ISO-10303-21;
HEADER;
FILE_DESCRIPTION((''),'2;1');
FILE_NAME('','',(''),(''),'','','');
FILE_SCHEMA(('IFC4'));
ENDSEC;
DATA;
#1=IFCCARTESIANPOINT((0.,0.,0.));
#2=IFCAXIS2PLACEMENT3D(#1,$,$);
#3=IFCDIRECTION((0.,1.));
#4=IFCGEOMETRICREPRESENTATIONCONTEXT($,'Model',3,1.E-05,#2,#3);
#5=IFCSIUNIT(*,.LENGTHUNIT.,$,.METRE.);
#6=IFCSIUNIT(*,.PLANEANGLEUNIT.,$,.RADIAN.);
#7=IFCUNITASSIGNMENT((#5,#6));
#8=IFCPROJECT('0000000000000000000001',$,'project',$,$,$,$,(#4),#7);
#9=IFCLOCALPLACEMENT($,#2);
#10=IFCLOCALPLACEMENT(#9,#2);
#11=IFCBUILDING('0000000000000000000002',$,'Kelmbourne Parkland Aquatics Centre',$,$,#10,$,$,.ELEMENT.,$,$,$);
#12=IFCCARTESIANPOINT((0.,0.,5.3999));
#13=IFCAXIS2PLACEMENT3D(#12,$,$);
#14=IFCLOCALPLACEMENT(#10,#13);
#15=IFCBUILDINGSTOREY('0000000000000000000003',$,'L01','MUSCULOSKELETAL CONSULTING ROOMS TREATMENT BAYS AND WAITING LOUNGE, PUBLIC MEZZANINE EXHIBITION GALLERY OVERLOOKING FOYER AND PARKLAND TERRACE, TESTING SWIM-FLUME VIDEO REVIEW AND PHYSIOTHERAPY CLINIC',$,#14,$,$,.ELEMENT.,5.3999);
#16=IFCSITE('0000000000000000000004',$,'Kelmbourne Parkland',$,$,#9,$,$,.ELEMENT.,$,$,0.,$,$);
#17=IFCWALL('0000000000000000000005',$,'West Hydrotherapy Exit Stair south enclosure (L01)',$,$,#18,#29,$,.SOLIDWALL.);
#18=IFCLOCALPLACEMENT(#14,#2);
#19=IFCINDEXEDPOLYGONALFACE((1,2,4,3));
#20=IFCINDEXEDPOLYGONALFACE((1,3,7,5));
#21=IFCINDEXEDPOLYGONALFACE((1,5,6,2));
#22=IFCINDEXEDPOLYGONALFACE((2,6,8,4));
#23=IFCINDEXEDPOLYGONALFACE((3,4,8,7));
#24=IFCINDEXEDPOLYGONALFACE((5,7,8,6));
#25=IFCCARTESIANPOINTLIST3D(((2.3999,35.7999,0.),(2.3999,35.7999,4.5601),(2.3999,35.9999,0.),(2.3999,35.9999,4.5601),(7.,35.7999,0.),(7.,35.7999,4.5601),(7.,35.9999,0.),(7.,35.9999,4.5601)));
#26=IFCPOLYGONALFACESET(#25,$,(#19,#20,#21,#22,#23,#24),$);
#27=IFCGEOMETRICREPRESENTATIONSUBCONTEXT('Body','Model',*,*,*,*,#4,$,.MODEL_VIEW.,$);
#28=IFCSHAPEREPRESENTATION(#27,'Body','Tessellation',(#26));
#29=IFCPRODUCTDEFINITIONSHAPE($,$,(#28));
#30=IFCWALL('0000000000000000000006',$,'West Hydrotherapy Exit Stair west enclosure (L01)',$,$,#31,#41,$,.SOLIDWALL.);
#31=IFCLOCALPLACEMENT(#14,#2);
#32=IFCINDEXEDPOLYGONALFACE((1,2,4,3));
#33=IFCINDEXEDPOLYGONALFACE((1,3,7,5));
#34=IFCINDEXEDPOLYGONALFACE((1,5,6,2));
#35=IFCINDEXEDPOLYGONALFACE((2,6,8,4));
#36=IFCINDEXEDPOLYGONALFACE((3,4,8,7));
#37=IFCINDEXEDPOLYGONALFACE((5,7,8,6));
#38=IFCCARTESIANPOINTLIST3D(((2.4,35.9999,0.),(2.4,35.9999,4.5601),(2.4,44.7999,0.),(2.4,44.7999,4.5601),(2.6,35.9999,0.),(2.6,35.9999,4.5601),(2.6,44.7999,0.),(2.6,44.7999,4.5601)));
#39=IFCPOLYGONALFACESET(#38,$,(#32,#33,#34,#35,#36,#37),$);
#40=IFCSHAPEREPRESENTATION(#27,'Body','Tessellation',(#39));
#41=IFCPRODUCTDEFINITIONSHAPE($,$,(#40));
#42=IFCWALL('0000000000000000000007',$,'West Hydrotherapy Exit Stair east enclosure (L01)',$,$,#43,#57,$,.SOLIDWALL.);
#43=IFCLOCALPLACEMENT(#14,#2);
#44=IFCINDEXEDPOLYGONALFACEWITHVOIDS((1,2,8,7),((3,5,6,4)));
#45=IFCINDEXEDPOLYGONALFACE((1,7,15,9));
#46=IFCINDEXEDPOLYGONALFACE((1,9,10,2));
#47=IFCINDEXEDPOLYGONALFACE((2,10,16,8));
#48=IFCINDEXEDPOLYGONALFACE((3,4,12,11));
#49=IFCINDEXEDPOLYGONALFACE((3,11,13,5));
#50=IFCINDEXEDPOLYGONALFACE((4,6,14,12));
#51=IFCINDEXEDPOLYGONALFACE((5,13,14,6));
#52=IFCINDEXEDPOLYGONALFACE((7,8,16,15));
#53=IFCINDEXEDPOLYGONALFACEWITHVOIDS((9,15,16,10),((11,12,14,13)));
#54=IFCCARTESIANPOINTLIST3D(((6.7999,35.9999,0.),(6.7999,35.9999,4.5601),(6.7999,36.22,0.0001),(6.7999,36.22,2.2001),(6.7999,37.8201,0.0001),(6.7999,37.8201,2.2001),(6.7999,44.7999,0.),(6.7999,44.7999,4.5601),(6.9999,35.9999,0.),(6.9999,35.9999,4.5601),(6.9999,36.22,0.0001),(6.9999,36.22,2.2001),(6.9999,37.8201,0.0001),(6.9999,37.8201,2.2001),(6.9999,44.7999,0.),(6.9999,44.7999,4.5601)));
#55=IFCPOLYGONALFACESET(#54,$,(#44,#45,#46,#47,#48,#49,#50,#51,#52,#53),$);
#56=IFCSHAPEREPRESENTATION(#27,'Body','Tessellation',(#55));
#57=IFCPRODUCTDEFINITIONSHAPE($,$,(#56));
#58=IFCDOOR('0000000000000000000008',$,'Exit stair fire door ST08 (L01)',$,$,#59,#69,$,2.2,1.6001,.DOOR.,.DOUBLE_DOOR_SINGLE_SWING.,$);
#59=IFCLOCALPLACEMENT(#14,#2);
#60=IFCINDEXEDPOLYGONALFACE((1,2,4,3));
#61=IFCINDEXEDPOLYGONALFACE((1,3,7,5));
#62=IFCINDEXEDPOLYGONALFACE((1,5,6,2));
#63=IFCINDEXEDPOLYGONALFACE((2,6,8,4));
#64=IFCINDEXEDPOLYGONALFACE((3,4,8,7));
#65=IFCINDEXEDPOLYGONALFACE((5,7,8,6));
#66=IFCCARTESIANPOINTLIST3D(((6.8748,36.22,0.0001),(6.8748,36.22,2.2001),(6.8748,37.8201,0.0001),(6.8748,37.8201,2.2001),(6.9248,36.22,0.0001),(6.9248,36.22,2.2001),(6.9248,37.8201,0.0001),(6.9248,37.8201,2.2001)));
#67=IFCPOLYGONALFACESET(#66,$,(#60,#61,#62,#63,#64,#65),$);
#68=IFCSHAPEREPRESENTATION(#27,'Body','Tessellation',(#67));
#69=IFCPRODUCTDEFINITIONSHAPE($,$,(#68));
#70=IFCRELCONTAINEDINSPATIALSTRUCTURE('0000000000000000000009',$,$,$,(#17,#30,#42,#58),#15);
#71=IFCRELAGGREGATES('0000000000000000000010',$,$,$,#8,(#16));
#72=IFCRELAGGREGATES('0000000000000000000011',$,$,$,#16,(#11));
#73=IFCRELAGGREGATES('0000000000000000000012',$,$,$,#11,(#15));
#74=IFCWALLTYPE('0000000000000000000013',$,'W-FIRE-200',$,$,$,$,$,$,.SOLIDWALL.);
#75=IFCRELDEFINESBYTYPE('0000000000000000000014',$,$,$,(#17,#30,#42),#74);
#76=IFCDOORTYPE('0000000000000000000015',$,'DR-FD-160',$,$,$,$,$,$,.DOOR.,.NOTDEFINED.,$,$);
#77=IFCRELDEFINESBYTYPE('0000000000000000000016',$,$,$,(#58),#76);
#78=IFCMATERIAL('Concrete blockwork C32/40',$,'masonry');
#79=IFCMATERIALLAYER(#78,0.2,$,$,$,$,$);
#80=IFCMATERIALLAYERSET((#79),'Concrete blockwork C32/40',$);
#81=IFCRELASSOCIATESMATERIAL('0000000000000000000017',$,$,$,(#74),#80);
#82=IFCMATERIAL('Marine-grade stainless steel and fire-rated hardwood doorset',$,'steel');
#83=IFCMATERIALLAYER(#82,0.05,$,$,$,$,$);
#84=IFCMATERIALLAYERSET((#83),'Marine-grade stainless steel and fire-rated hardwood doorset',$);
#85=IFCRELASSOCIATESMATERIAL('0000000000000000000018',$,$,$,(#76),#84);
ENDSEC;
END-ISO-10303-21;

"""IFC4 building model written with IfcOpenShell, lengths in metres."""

from ifc_helpers import new_model, si_unit, direction, frame, frame_2d, origin, place, context, subcontext, project, spatial, rectangle, extrude, material, layer, layer_set, type_object, element, fill, save


model = new_model("IFC4")

# Units and contexts
model_context = context("Model", 3, precision=1e-05, world=origin(), true_north=direction((0.0, 1.0)))
body_context = subcontext(model_context, "Body", "Model", "MODEL_VIEW")
ifc_project = project(units=[si_unit("LENGTHUNIT", "METRE"), si_unit("PLANEANGLEUNIT", "RADIAN")], contexts=[model_context])

# Site, building, storey
site_placement = place(None, origin())
site = spatial("IfcSite", under=ifc_project, at=site_placement, Name="Kelmbourne Parkland", CompositionType="ELEMENT", RefElevation=0.0)
building_placement = place(site_placement, origin())
building = spatial("IfcBuilding", under=site, at=building_placement, Name="Kelmbourne Parkland Aquatics Centre", CompositionType="ELEMENT")
storey_placement = place(building_placement, frame((0.0, 0.0, 5.3999)))
storey = spatial("IfcBuildingStorey", under=building, at=storey_placement, Name="L01", Description="MUSCULOSKELETAL CONSULTING ROOMS TREATMENT BAYS AND WAITING LOUNGE, PUBLIC MEZZANINE EXHIBITION GALLERY OVERLOOKING FOYER AND PARKLAND TERRACE, TESTING SWIM-FLUME VIDEO REVIEW AND PHYSIOTHERAPY CLINIC", CompositionType="ELEMENT", Elevation=5.3999)

# Walls
ifc_material_1 = material(Name="Concrete blockwork C32/40", Category="masonry")
ifc_layer_1 = layer(ifc_material_1, 0.2)
ifc_layer_set_1 = layer_set([ifc_layer_1], Name="Concrete blockwork C32/40")
wall_type_1 = type_object("IfcWallType", Name="W-FIRE-200", PredefinedType="SOLIDWALL", material=ifc_layer_set_1)
wall_1_placement = place(storey_placement, frame((2.3999, 35.8999, 0.0), z_axis=(0.0, 0.0, 1.0), x_axis=(1.0, 0.0, 0.0)))
element("IfcWall", 1, at=wall_1_placement, inside=storey, type_object=wall_type_1, Name="West Hydrotherapy Exit Stair south enclosure (L01)", PredefinedType="SOLIDWALL", context=body_context, shape_type="SweptSolid", body=[
    extrude(rectangle(XDim=4.6001, YDim=0.2, at=frame_2d((2.3, 0.0))), origin(), (0.0, 0.0, 1.0), 4.5601),
])
wall_2_placement = place(storey_placement, frame((2.5, 36.0, 0.0), z_axis=(0.0, 0.0, 1.0), x_axis=(0.0, 1.0, 0.0)))
element("IfcWall", 2, at=wall_2_placement, inside=storey, type_object=wall_type_1, Name="West Hydrotherapy Exit Stair west enclosure (L01)", PredefinedType="SOLIDWALL", context=body_context, shape_type="SweptSolid", body=[
    extrude(rectangle(XDim=8.8, YDim=0.2, at=frame_2d((4.3999, 0.0))), origin(), (0.0, 0.0, 1.0), 4.5601),
])

# Wall, opening, door
wall_3_placement = place(storey_placement, frame((6.8999, 36.0, 0.0), z_axis=(0.0, 0.0, 1.0), x_axis=(0.0, 1.0, 0.0)))
wall_3 = element("IfcWall", 3, at=wall_3_placement, inside=storey, type_object=wall_type_1, Name="West Hydrotherapy Exit Stair east enclosure (L01)", PredefinedType="SOLIDWALL", context=body_context, shape_type="SweptSolid", body=[
    extrude(rectangle(XDim=8.8, YDim=0.2, at=frame_2d((4.3999, 0.0))), origin(), (0.0, 0.0, 1.0), 4.5601),
])
opening_1_placement = place(wall_3_placement, frame((0.22, 0.0, 0.0)))
opening_1 = element("IfcOpeningElement", 4, at=opening_1_placement, cuts=wall_3, PredefinedType="OPENING", context=body_context, shape_type="SweptSolid", body=[
    extrude(rectangle(XDim=1.6001, YDim=2.2, at=frame_2d((0.8, 1.1001))), frame((0.0, 0.1118, 0.0), z_axis=(0.0, -1.0, 0.0), x_axis=(1.0, 0.0, 0.0)), (0.0, 0.0, 1.0), 0.2239),
])
ifc_material_2 = material(Name="Marine-grade stainless steel and fire-rated hardwood doorset", Category="steel")
ifc_layer_2 = layer(ifc_material_2, 0.05)
ifc_layer_set_2 = layer_set([ifc_layer_2], Name="Marine-grade stainless steel and fire-rated hardwood doorset")
door_type = type_object("IfcDoorType", Name="DR-FD-160", OperationType="NOTDEFINED", PredefinedType="DOOR", material=ifc_layer_set_2)
door_placement = place(opening_1_placement, frame((1.6001, 0.0, 0.0), z_axis=(0.0, 0.0, 1.0), x_axis=(-1.0, 0.0, 0.0)))
door = element("IfcDoor", 5, at=door_placement, inside=storey, type_object=door_type, Name="Exit stair fire door ST08 (L01)", OperationType="DOUBLE_DOOR_SINGLE_SWING", OverallHeight=2.2, OverallWidth=1.6001, PredefinedType="DOOR", context=body_context, shape_type="SweptSolid", body=[
    extrude(rectangle(XDim=1.6001, YDim=2.2, at=frame_2d((0.8, 1.1001))), frame((0.0, 0.0249, 0.0), z_axis=(0.0, -1.0, 0.0), x_axis=(1.0, 0.0, 0.0)), (0.0, 0.0, 1.0), 0.05),
])
fill(opening_1, door)

save(model, "model.ifc")
